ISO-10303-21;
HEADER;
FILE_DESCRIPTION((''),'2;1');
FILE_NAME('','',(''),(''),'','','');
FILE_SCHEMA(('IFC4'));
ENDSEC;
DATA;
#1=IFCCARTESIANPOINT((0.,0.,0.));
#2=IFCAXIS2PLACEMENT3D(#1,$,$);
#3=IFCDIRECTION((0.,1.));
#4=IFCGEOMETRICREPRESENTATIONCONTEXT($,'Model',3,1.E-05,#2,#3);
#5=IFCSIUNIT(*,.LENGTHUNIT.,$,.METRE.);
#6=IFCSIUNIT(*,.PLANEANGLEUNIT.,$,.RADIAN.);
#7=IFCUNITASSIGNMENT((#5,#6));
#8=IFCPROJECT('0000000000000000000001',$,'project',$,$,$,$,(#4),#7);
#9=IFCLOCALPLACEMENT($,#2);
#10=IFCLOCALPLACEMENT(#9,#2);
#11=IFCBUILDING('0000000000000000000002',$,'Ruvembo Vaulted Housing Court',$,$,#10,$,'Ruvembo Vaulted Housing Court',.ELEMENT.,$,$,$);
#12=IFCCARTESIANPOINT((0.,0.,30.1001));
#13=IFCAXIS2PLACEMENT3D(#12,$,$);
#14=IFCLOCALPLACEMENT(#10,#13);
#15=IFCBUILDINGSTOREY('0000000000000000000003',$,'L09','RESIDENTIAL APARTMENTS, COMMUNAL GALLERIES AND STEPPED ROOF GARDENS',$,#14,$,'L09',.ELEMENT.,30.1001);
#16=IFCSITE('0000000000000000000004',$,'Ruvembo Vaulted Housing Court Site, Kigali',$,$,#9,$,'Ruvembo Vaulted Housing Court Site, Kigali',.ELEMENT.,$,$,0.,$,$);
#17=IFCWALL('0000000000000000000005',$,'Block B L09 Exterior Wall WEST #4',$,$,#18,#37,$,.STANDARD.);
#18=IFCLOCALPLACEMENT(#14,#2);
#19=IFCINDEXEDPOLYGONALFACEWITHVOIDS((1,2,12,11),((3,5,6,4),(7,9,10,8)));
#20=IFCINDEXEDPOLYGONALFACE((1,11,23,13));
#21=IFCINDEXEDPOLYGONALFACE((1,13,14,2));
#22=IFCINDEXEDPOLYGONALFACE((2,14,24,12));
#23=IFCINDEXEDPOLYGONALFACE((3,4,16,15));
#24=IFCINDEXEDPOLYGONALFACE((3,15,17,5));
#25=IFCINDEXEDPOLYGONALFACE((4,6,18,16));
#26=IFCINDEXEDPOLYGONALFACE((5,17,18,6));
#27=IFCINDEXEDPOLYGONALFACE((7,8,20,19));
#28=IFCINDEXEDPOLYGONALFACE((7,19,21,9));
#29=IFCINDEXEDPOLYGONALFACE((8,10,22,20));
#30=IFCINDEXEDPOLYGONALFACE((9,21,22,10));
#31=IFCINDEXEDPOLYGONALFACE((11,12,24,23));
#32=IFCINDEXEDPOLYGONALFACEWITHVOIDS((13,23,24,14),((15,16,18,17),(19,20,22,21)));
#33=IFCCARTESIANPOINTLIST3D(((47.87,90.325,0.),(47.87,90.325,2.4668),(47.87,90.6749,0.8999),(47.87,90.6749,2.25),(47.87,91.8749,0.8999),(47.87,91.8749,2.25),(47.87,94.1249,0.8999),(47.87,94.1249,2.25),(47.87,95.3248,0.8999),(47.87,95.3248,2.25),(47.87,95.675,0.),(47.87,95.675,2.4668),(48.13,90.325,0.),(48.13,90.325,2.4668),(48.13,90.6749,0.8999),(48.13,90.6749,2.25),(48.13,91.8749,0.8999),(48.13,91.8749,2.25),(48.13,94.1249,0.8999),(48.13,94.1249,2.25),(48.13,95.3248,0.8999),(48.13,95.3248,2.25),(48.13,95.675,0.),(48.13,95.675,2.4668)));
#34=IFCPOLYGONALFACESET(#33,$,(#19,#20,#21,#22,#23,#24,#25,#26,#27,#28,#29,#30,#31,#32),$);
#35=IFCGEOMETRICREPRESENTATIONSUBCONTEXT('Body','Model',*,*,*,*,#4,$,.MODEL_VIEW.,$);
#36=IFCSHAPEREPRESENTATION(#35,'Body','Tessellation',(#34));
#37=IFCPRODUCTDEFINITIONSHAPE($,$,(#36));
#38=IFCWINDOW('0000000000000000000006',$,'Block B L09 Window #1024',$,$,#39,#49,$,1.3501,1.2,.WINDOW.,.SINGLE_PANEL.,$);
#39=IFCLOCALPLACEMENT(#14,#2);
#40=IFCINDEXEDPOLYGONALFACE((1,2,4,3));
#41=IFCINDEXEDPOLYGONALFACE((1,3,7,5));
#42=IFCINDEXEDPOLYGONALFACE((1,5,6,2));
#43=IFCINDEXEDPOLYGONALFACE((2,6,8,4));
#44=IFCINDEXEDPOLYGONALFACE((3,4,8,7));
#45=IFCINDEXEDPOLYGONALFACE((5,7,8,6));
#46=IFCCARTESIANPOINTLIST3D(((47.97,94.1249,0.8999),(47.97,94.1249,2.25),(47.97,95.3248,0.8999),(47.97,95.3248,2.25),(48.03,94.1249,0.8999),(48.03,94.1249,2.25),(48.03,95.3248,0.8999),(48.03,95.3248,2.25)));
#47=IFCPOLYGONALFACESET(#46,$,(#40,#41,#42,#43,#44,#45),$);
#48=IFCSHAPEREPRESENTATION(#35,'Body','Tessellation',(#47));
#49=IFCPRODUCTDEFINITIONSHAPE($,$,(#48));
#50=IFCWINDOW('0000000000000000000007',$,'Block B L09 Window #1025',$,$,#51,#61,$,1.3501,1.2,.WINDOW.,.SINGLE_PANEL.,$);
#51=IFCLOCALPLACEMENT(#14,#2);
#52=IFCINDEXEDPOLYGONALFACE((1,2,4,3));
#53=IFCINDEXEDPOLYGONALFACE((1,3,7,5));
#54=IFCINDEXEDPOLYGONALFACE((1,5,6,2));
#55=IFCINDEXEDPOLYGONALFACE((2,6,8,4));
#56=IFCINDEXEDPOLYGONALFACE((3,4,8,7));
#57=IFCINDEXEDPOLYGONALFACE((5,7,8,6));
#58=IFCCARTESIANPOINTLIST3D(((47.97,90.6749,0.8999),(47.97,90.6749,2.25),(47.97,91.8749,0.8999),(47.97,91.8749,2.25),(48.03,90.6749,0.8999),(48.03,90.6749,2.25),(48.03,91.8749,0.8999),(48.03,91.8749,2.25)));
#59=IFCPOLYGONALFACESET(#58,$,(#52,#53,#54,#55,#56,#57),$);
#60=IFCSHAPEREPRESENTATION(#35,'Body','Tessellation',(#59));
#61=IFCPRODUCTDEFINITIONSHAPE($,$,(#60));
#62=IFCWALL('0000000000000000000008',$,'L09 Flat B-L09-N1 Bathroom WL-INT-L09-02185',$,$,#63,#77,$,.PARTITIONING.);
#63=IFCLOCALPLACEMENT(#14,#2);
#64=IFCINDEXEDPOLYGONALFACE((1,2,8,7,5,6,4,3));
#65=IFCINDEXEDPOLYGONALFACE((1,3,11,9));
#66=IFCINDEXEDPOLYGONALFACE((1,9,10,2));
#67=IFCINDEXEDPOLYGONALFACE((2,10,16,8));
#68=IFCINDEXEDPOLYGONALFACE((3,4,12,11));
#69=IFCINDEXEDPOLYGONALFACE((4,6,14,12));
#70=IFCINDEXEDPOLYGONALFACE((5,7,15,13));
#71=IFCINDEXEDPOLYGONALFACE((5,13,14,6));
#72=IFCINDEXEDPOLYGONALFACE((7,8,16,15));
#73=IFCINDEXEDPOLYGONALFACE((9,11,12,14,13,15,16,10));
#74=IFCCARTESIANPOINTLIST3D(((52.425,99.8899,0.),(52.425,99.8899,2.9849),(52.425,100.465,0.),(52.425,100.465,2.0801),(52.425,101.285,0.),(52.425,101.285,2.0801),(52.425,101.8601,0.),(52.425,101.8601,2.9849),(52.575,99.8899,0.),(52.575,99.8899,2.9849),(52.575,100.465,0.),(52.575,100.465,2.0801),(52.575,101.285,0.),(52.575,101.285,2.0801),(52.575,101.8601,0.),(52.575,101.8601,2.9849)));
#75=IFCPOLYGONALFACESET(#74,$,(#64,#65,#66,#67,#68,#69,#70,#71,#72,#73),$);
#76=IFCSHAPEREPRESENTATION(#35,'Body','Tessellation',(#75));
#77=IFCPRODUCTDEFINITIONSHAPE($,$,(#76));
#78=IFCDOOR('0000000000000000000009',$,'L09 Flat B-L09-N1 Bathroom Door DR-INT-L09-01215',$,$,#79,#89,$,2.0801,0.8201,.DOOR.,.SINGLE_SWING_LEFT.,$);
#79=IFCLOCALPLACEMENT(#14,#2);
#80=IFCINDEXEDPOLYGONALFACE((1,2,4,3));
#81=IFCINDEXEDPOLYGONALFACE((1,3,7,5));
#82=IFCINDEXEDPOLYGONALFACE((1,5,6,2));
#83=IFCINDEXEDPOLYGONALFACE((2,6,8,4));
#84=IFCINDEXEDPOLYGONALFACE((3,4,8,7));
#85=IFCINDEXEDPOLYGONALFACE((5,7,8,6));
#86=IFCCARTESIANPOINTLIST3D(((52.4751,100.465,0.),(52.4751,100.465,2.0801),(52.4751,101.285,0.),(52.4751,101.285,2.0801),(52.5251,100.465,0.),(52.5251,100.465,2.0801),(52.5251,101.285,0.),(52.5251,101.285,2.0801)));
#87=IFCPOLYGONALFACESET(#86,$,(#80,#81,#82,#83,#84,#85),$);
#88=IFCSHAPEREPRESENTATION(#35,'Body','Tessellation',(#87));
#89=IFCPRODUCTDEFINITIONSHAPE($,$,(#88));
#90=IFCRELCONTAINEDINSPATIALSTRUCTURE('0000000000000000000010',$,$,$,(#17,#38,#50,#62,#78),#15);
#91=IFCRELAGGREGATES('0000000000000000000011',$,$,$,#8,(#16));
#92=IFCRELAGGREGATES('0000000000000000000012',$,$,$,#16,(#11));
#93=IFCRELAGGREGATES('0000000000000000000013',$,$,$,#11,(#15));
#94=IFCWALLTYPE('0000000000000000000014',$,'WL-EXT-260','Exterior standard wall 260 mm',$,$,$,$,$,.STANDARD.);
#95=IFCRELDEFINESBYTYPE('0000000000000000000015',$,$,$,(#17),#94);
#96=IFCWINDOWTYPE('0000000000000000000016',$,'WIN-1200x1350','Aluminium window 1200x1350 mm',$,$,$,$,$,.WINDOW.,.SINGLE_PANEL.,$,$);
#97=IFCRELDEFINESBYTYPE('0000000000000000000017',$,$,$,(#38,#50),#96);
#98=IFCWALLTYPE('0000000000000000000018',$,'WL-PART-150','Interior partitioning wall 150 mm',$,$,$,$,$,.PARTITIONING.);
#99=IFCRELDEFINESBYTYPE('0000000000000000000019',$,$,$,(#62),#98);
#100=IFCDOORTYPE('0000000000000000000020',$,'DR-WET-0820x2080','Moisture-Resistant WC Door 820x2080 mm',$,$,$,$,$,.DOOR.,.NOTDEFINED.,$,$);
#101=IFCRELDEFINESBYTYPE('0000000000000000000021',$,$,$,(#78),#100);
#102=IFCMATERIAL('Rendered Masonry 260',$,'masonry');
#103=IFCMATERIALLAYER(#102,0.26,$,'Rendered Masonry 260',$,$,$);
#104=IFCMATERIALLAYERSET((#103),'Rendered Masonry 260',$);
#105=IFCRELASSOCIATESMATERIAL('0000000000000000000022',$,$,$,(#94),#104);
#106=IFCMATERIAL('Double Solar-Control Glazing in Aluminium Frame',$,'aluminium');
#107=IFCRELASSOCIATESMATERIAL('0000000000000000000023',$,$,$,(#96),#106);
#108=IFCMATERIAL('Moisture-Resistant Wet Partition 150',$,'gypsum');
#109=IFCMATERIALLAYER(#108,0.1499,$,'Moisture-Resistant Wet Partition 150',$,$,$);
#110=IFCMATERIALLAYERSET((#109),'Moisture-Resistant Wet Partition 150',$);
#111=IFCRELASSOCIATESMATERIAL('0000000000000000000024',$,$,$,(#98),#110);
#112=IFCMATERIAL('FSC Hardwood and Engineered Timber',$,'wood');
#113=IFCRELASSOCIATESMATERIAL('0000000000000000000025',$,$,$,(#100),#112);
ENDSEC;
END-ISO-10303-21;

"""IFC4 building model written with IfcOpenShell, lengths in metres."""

from ifc_helpers import new_model, si_unit, direction, frame, frame_2d, origin, place, context, subcontext, project, spatial, rectangle, extrude, material, layer, layer_set, type_object, element, fill, save


model = new_model("IFC4")

# Units and contexts
model_context = context("Model", 3, precision=1e-05, world=origin(), true_north=direction((0.0, 1.0)))
body_context = subcontext(model_context, "Body", "Model", "MODEL_VIEW")
ifc_project = project(units=[si_unit("LENGTHUNIT", "METRE"), si_unit("PLANEANGLEUNIT", "RADIAN")], contexts=[model_context])

# Site, building, storey
site_placement = place(None, origin())
site = spatial("IfcSite", under=ifc_project, at=site_placement, Name="Ruvembo Vaulted Housing Court Site, Kigali", LongName="Ruvembo Vaulted Housing Court Site, Kigali", CompositionType="ELEMENT", RefElevation=0.0)
building_placement = place(site_placement, origin())
building = spatial("IfcBuilding", under=site, at=building_placement, Name="Ruvembo Vaulted Housing Court", LongName="Ruvembo Vaulted Housing Court", CompositionType="ELEMENT")
storey_placement = place(building_placement, frame((0.0, 0.0, 30.1001)))
storey = spatial("IfcBuildingStorey", under=building, at=storey_placement, Name="L09", Description="RESIDENTIAL APARTMENTS, COMMUNAL GALLERIES AND STEPPED ROOF GARDENS", LongName="L09", CompositionType="ELEMENT", Elevation=30.1001)

# Shared definitions
ifc_material_1 = material(Name="FSC Hardwood and Engineered Timber", Category="wood")

# Wall, openings, windows
ifc_material_2 = material(Name="Rendered Masonry 260", Category="masonry")
ifc_layer_1 = layer(ifc_material_2, 0.26, Name="Rendered Masonry 260")
ifc_layer_set_1 = layer_set([ifc_layer_1], Name="Rendered Masonry 260")
wall_type_1 = type_object("IfcWallType", Name="WL-EXT-260", Description="Exterior standard wall 260 mm", PredefinedType="STANDARD", material=ifc_layer_set_1)
ifc_material_3 = material(Name="Double Solar-Control Glazing in Aluminium Frame", Category="aluminium")
wall_1_placement = place(storey_placement, frame((48.0, 95.675, 0.0), z_axis=(0.0, 0.0, 1.0), x_axis=(0.0, -1.0, 0.0)))
wall_1 = element("IfcWall", 1, at=wall_1_placement, inside=storey, type_object=wall_type_1, Name="Block B L09 Exterior Wall WEST #4", PredefinedType="STANDARD", context=body_context, shape_type="SweptSolid", body=[
    extrude(rectangle(XDim=5.3501, YDim=0.26, at=frame_2d((2.675, 0.0))), origin(), (0.0, 0.0, 1.0), 2.4668),
])
opening_1_placement = place(wall_1_placement, frame((0.3501, 0.0, 0.8999)))
opening_1 = element("IfcOpeningElement", 2, at=opening_1_placement, cuts=wall_1, PredefinedType="OPENING", context=body_context, shape_type="SweptSolid", body=[
    extrude(rectangle(XDim=1.2, YDim=1.3501, at=frame_2d((0.6001, 0.675))), frame((0.0, 0.1399, 0.0), z_axis=(0.0, -1.0, 0.0), x_axis=(1.0, 0.0, 0.0)), (0.0, 0.0, 1.0), 0.28),
])
opening_2_placement = place(wall_1_placement, frame((3.8, 0.0, 0.8999)))
opening_2 = element("IfcOpeningElement", 3, at=opening_2_placement, cuts=wall_1, PredefinedType="OPENING", context=body_context, shape_type="SweptSolid", body=[
    extrude(rectangle(XDim=1.2, YDim=1.3501, at=frame_2d((0.6001, 0.675))), frame((0.0, 0.1399, 0.0), z_axis=(0.0, -1.0, 0.0), x_axis=(1.0, 0.0, 0.0)), (0.0, 0.0, 1.0), 0.28),
])
window_type_1 = type_object("IfcWindowType", Name="WIN-1200x1350", Description="Aluminium window 1200x1350 mm", PartitioningType="SINGLE_PANEL", PredefinedType="WINDOW", material=ifc_material_3)
window_1_placement = place(opening_1_placement, origin())
window_1 = element("IfcWindow", 4, at=window_1_placement, inside=storey, type_object=window_type_1, Name="Block B L09 Window #1024", OverallHeight=1.3501, OverallWidth=1.2, PartitioningType="SINGLE_PANEL", PredefinedType="WINDOW", context=body_context, shape_type="SweptSolid", body=[
    extrude(rectangle(XDim=1.2, YDim=1.3501, at=frame_2d((0.6001, 0.675))), frame((0.0, 0.03, 0.0), z_axis=(0.0, -1.0, 0.0), x_axis=(1.0, 0.0, 0.0)), (0.0, 0.0, 1.0), 0.0601),
])
fill(opening_1, window_1)
window_2_placement = place(opening_2_placement, origin())
window_2 = element("IfcWindow", 5, at=window_2_placement, inside=storey, type_object=window_type_1, Name="Block B L09 Window #1025", OverallHeight=1.3501, OverallWidth=1.2, PartitioningType="SINGLE_PANEL", PredefinedType="WINDOW", context=body_context, shape_type="SweptSolid", body=[
    extrude(rectangle(XDim=1.2, YDim=1.3501, at=frame_2d((0.6001, 0.675))), frame((0.0, 0.03, 0.0), z_axis=(0.0, -1.0, 0.0), x_axis=(1.0, 0.0, 0.0)), (0.0, 0.0, 1.0), 0.0601),
])
fill(opening_2, window_2)

# Wall, opening, door
ifc_material_4 = material(Name="Moisture-Resistant Wet Partition 150", Category="gypsum")
ifc_layer_2 = layer(ifc_material_4, 0.1499, Name="Moisture-Resistant Wet Partition 150")
ifc_layer_set_2 = layer_set([ifc_layer_2], Name="Moisture-Resistant Wet Partition 150")
wall_type_2 = type_object("IfcWallType", Name="WL-PART-150", Description="Interior partitioning wall 150 mm", PredefinedType="PARTITIONING", material=ifc_layer_set_2)
wall_2_placement = place(storey_placement, frame((52.5, 99.8899, 0.0), z_axis=(0.0, 0.0, 1.0), x_axis=(0.0, 1.0, 0.0)))
wall_2 = element("IfcWall", 6, at=wall_2_placement, inside=storey, type_object=wall_type_2, Name="L09 Flat B-L09-N1 Bathroom WL-INT-L09-02185", PredefinedType="PARTITIONING", context=body_context, shape_type="SweptSolid", body=[
    extrude(rectangle(XDim=1.9702, YDim=0.1499, at=frame_2d((0.9851, 0.0))), origin(), (0.0, 0.0, 1.0), 2.9849),
])
opening_3_placement = place(wall_2_placement, frame((0.575, 0.0, 0.0)))
opening_3 = element("IfcOpeningElement", 7, at=opening_3_placement, cuts=wall_2, PredefinedType="OPENING", context=body_context, shape_type="SweptSolid", body=[
    extrude(rectangle(XDim=0.8201, YDim=2.0801, at=frame_2d((0.4102, 1.04))), frame((0.0, 0.085, 0.0), z_axis=(0.0, -1.0, 0.0), x_axis=(1.0, 0.0, 0.0)), (0.0, 0.0, 1.0), 0.1699),
])
door_type_1 = type_object("IfcDoorType", Name="DR-WET-0820x2080", Description="Moisture-Resistant WC Door 820x2080 mm", OperationType="NOTDEFINED", PredefinedType="DOOR", material=ifc_material_1)
door_1_placement = place(opening_3_placement, origin())
door_1 = element("IfcDoor", 8, at=door_1_placement, inside=storey, type_object=door_type_1, Name="L09 Flat B-L09-N1 Bathroom Door DR-INT-L09-01215", OperationType="SINGLE_SWING_LEFT", OverallHeight=2.0801, OverallWidth=0.8201, PredefinedType="DOOR", context=body_context, shape_type="SweptSolid", body=[
    extrude(rectangle(XDim=0.8201, YDim=2.0801, at=frame_2d((0.4102, 1.04))), frame((0.0, 0.0249, 0.0), z_axis=(0.0, -1.0, 0.0), x_axis=(1.0, 0.0, 0.0)), (0.0, 0.0, 1.0), 0.05),
])
fill(opening_3, door_1)

save(model, "model.ifc")
